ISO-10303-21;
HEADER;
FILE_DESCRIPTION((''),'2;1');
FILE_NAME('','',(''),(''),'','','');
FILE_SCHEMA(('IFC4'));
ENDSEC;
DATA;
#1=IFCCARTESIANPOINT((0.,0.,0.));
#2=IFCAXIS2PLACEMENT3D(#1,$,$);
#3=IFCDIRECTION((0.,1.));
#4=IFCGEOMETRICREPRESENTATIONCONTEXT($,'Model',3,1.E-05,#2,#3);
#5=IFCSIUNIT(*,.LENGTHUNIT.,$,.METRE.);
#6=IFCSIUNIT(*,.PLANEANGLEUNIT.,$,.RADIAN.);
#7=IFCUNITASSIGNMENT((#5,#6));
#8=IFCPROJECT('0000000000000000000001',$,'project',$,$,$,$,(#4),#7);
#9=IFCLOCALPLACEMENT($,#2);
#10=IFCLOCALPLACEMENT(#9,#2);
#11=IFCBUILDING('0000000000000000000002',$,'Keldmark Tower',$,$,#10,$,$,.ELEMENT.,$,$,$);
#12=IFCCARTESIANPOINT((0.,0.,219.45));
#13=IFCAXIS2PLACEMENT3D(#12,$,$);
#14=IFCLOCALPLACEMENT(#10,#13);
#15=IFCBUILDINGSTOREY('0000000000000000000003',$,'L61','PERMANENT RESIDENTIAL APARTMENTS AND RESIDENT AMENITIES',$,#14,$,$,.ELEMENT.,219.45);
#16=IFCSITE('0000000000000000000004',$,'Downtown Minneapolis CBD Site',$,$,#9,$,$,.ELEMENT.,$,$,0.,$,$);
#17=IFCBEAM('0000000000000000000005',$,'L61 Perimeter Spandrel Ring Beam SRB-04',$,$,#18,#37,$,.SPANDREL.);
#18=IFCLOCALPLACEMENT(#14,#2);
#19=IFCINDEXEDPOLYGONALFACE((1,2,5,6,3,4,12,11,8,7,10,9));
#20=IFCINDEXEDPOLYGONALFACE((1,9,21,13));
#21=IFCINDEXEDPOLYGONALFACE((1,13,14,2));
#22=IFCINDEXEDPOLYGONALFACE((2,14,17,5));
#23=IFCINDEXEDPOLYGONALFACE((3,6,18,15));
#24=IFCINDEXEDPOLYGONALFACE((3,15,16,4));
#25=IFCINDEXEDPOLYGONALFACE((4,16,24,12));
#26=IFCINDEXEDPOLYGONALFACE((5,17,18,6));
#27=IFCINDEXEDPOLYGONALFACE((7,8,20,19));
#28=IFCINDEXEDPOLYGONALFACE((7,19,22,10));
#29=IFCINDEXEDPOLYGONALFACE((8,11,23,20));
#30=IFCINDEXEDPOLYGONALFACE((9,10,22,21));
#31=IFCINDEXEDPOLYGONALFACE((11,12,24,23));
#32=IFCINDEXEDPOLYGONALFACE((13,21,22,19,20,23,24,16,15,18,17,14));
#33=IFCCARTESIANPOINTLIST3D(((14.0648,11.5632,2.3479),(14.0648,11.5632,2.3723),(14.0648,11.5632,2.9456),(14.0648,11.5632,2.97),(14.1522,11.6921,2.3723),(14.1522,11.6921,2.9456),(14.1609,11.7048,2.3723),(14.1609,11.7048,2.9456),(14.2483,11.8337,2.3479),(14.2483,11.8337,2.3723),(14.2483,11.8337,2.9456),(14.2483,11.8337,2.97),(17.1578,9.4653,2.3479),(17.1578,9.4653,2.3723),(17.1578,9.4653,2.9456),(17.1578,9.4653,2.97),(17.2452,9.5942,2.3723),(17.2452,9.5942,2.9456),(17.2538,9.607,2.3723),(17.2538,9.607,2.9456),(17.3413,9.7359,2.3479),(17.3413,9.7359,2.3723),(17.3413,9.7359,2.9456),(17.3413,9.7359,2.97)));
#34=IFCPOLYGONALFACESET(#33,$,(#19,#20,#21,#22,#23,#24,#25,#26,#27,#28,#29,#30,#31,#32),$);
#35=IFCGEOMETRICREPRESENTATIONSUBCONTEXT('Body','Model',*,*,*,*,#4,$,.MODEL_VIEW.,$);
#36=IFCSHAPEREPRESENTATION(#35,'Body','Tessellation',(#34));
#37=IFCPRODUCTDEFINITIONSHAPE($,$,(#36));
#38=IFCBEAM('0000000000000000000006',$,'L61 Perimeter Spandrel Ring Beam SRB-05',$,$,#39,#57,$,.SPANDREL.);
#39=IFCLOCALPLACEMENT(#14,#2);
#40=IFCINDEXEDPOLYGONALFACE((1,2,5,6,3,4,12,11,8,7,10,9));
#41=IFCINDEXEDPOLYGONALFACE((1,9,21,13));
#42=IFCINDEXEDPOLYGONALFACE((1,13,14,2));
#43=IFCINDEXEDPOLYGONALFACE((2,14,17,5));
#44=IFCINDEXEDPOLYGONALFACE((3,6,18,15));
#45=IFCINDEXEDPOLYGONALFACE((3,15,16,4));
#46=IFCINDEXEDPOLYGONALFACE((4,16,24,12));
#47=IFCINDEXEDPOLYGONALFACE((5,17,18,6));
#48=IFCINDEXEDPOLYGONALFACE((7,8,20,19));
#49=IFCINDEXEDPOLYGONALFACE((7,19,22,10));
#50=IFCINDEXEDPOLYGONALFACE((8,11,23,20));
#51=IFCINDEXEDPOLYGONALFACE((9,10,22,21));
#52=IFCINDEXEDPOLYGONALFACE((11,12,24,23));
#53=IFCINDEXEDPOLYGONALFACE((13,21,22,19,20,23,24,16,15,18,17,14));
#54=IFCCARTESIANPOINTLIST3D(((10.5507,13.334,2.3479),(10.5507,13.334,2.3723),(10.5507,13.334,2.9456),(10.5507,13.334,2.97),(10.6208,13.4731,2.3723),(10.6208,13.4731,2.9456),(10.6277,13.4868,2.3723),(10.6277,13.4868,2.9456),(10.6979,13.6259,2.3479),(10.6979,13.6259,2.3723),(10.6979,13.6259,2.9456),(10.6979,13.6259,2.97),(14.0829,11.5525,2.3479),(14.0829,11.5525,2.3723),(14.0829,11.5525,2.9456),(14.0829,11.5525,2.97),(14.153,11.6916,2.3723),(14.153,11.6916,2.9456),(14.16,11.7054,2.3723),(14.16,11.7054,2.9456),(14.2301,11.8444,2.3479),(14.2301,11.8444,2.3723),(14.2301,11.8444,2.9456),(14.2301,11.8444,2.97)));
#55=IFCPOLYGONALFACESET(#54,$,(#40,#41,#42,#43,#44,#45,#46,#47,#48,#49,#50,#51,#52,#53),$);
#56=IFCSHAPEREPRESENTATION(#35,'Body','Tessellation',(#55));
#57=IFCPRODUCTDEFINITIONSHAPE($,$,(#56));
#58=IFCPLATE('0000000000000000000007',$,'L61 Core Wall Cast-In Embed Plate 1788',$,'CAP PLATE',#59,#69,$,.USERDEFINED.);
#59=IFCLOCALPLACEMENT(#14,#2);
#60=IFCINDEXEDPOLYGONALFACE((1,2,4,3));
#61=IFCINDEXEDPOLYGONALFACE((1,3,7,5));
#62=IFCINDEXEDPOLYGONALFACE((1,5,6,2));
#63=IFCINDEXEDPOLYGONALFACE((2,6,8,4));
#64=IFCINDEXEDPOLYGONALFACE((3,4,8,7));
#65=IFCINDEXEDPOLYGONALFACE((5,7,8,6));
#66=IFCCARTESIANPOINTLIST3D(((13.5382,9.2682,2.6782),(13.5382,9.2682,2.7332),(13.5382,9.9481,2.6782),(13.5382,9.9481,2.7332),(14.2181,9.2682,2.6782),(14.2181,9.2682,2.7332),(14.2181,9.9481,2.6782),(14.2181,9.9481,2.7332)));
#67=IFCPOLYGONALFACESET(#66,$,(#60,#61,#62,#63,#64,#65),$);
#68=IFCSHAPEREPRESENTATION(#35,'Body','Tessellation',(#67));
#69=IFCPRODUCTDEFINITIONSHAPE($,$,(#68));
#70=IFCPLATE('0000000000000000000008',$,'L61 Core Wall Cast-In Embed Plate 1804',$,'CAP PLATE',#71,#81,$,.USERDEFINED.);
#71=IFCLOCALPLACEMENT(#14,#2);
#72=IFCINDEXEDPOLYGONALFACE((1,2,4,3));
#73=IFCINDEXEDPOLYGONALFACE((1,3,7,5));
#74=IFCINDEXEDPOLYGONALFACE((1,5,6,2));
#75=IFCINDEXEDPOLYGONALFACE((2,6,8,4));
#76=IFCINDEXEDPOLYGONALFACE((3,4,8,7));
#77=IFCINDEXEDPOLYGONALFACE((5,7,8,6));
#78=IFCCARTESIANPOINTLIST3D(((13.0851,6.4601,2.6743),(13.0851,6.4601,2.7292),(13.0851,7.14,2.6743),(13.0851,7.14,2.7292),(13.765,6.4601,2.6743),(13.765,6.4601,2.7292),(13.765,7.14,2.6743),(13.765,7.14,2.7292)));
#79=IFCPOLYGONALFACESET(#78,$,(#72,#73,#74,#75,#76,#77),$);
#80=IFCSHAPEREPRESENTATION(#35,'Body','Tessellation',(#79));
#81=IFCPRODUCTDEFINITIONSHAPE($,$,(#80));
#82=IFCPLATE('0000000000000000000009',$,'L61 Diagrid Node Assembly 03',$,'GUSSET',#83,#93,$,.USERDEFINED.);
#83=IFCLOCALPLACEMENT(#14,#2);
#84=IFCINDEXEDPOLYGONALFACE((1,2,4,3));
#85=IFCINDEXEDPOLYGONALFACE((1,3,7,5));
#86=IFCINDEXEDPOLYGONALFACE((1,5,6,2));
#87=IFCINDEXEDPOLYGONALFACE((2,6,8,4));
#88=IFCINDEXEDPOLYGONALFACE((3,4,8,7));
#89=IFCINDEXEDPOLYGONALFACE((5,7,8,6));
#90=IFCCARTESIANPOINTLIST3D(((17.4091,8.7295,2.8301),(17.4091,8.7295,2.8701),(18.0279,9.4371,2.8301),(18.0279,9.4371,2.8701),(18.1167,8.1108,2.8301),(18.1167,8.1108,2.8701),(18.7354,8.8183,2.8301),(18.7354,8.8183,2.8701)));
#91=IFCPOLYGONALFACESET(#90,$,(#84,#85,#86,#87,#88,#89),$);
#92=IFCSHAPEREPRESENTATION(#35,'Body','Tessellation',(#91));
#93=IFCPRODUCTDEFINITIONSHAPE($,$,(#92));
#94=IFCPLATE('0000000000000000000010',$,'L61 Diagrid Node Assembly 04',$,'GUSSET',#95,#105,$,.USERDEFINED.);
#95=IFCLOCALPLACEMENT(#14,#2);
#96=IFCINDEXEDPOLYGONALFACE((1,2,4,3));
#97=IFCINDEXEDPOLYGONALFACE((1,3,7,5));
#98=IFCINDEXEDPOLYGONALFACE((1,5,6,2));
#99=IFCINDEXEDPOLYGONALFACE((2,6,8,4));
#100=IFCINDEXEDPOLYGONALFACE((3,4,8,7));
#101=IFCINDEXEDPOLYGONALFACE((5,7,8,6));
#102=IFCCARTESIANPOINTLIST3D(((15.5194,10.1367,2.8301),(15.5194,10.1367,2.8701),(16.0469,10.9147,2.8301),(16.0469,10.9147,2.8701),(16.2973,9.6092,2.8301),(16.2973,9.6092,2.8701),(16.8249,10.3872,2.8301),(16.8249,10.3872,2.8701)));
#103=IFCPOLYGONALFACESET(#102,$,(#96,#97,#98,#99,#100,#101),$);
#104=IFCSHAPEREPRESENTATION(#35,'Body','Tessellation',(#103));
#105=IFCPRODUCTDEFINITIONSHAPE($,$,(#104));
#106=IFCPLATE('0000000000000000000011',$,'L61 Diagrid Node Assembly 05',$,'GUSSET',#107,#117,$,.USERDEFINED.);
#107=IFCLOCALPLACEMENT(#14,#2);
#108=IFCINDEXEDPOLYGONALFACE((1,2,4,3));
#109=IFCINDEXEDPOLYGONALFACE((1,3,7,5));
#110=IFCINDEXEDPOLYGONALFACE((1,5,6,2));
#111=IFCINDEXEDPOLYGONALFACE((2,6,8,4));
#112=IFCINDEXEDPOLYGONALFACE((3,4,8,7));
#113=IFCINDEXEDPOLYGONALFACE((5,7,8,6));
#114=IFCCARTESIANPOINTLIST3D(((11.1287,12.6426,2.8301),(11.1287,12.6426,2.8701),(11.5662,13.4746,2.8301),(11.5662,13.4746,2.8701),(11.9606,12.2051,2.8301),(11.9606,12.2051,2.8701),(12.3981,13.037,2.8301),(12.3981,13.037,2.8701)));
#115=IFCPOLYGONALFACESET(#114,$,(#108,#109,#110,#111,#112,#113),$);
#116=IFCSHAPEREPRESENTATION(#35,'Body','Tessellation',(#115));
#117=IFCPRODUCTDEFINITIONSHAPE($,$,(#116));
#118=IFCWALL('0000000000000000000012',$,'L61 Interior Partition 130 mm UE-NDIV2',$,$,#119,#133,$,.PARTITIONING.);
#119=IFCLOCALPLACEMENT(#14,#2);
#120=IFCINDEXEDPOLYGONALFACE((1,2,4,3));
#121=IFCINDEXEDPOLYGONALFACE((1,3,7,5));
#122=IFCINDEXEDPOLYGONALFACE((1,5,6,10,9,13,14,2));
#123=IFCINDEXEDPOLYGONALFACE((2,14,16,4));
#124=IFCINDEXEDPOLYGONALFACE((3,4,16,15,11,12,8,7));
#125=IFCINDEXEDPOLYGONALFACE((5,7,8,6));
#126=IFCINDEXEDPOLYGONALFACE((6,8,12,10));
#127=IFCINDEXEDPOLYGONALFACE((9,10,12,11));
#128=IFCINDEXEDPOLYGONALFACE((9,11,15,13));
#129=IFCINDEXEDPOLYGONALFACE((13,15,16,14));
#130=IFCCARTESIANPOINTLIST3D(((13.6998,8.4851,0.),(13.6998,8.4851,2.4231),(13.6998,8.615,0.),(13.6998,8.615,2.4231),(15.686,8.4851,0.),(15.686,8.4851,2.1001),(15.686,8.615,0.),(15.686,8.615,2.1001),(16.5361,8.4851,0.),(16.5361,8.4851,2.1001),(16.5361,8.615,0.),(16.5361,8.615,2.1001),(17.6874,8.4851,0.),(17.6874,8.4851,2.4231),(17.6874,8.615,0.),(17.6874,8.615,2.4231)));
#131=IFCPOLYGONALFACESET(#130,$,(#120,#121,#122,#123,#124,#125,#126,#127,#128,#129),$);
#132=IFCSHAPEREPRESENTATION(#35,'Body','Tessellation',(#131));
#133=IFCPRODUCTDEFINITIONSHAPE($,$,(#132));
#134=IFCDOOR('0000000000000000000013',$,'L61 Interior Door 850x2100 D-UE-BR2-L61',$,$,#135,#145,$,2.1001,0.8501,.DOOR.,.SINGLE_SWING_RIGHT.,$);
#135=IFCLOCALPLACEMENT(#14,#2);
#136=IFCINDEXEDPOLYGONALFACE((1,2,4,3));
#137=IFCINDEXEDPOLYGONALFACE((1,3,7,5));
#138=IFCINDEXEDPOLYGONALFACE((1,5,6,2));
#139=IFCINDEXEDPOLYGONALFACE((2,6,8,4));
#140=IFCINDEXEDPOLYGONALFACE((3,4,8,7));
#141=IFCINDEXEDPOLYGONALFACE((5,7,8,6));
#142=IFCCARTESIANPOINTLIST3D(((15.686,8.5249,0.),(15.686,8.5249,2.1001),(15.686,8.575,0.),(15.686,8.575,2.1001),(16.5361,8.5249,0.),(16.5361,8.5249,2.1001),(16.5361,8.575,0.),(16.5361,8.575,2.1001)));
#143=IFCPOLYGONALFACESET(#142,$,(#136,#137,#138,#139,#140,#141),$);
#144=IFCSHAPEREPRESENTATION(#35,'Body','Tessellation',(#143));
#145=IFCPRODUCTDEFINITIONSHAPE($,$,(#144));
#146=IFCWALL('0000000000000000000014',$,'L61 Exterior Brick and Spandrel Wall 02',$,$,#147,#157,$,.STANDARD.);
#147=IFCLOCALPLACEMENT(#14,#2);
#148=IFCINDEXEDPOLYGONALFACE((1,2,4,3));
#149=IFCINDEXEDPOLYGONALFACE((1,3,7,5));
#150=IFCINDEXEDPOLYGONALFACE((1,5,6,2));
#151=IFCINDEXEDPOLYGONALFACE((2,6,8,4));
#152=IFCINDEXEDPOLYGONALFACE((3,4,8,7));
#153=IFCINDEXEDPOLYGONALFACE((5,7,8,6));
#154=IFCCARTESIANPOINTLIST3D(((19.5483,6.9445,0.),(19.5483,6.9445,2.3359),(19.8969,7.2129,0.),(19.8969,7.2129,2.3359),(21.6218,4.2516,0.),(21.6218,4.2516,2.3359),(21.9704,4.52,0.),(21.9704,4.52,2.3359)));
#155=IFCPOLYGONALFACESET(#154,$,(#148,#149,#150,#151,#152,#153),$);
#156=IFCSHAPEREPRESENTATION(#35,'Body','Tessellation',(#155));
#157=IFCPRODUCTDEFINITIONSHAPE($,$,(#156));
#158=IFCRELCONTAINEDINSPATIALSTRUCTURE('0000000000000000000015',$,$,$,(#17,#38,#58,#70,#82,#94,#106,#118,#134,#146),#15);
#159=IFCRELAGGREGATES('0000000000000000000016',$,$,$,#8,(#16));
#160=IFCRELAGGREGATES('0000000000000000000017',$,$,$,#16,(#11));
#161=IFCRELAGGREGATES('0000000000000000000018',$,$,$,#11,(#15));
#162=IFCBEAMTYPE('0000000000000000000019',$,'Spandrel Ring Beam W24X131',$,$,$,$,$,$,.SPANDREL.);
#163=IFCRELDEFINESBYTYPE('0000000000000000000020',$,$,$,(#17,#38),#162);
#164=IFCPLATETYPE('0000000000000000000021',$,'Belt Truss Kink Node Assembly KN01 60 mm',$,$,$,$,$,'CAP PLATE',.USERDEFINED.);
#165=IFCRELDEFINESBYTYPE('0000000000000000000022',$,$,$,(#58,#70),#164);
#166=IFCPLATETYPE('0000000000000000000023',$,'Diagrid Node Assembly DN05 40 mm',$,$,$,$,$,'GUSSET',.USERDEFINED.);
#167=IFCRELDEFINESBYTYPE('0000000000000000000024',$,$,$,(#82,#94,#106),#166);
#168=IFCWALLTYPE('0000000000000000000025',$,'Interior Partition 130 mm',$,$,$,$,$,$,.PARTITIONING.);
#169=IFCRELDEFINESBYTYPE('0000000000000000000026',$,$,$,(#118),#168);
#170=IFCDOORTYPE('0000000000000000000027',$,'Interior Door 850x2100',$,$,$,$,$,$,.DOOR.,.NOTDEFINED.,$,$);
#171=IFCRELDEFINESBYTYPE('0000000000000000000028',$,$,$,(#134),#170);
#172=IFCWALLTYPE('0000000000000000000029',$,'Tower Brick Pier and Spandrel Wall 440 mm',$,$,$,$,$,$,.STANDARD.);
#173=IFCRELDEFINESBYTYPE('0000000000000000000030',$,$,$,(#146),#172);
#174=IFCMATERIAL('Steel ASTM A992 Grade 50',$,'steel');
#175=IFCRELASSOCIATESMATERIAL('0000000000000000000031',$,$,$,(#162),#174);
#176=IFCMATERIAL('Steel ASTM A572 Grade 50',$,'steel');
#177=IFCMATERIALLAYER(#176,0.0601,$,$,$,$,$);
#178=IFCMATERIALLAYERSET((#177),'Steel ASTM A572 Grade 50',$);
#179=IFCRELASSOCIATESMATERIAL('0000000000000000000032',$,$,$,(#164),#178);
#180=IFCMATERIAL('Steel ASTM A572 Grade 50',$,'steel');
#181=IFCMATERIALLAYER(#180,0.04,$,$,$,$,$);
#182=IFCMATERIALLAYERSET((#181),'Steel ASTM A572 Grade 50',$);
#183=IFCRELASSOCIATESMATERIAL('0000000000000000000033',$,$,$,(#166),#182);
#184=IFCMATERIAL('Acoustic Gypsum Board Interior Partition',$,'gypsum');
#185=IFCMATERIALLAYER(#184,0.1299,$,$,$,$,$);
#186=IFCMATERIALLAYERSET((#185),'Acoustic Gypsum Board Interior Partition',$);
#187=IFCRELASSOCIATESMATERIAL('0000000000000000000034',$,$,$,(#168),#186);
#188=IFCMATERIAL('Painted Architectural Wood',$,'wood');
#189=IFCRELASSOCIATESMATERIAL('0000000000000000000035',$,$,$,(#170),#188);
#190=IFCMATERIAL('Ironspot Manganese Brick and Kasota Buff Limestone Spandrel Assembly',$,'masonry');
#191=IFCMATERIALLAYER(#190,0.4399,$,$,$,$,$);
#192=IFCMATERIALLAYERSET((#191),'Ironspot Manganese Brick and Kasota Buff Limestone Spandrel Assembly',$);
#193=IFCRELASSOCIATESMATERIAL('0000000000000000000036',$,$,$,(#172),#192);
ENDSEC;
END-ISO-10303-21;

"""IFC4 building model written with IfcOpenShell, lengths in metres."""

from ifc_helpers import new_model, si_unit, direction, frame, frame_2d, origin, origin_2d, place, context, subcontext, project, spatial, rectangle, i_section, extrude, material, layer, layer_set, material_profile, profile_set, type_object, element, fill, save


model = new_model("IFC4")

# Units and contexts
model_context = context("Model", 3, precision=1e-05, world=origin(), true_north=direction((0.0, 1.0)))
body_context = subcontext(model_context, "Body", "Model", "MODEL_VIEW")
ifc_project = project(units=[si_unit("LENGTHUNIT", "METRE"), si_unit("PLANEANGLEUNIT", "RADIAN")], contexts=[model_context])

# Site, building, storey
site_placement = place(None, origin())
site = spatial("IfcSite", under=ifc_project, at=site_placement, Name="Downtown Minneapolis CBD Site", CompositionType="ELEMENT", RefElevation=0.0)
building_placement = place(site_placement, origin())
building = spatial("IfcBuilding", under=site, at=building_placement, Name="Keldmark Tower", CompositionType="ELEMENT")
storey_placement = place(building_placement, frame((0.0, 0.0, 219.45)))
storey = spatial("IfcBuildingStorey", under=building, at=storey_placement, Name="L61", Description="PERMANENT RESIDENTIAL APARTMENTS AND RESIDENT AMENITIES", CompositionType="ELEMENT", Elevation=219.45)

# Beams
ifc_material_1 = material(Name="Steel ASTM A992 Grade 50", Category="steel")
ifc_material_profile_1 = material_profile(ifc_material_1, i_section(OverallWidth=0.3269, OverallDepth=0.6221, WebThickness=0.0154, FlangeThickness=0.0244, at=origin_2d()), Name="W24X131")
ifc_profile_set_1 = profile_set([ifc_material_profile_1], Name="Steel ASTM A992 Grade 50")
beam_type_1 = type_object("IfcBeamType", Name="Spandrel Ring Beam W24X131", PredefinedType="SPANDREL", material=ifc_profile_set_1)
beam_1_placement = place(storey_placement, frame((17.2495, 9.6006, 2.6589), z_axis=(-0.827592, 0.56133, 0.0), x_axis=(-0.56133, -0.827592, 0.0)))
element("IfcBeam", 1, at=beam_1_placement, inside=storey, type_object=beam_type_1, Name="L61 Perimeter Spandrel Ring Beam SRB-04", PredefinedType="SPANDREL", context=body_context, shape_type="SweptSolid", body=[
    extrude(i_section(OverallWidth=0.3269, OverallDepth=0.6221, WebThickness=0.0154, FlangeThickness=0.0244, at=origin_2d()), origin(), (0.0, 0.0, 1.0), 3.7373),
])
beam_2_placement = place(storey_placement, frame((14.1565, 11.6985, 2.6589), z_axis=(-0.892867, 0.450321, 0.0), x_axis=(-0.450321, -0.892867, 0.0)))
element("IfcBeam", 2, at=beam_2_placement, inside=storey, type_object=beam_type_1, Name="L61 Perimeter Spandrel Ring Beam SRB-05", PredefinedType="SPANDREL", context=body_context, shape_type="SweptSolid", body=[
    extrude(i_section(OverallWidth=0.3269, OverallDepth=0.6221, WebThickness=0.0154, FlangeThickness=0.0244, at=origin_2d()), origin(), (0.0, 0.0, 1.0), 3.9561),
])

# Plates
ifc_material_2 = material(Name="Steel ASTM A572 Grade 50", Category="steel")
ifc_layer_1 = layer(ifc_material_2, 0.0601)
ifc_layer_set_1 = layer_set([ifc_layer_1], Name="Steel ASTM A572 Grade 50")
plate_type_1 = type_object("IfcPlateType", Name="Belt Truss Kink Node Assembly KN01 60 mm", ElementType="CAP PLATE", PredefinedType="USERDEFINED", material=ifc_layer_set_1)
for number, where, z_axis, x_axis, name in (
    (3, (13.8782, 9.6082, 2.6782), (0.0, 0.0, 1.0), (1.0, 0.0, 0.0), "L61 Core Wall Cast-In Embed Plate 1788"),
    (4, (13.425, 6.8, 2.6743), (0.0, 0.0, 1.0), (1.0, 0.0, 0.0), "L61 Core Wall Cast-In Embed Plate 1804"),
):
    element("IfcPlate", number, at=place(storey_placement, frame(where, z_axis=z_axis, x_axis=x_axis)), inside=storey, type_object=plate_type_1, Name=name, ObjectType="CAP PLATE", PredefinedType="USERDEFINED", context=body_context, shape_type="SweptSolid", body=[
        extrude(rectangle(XDim=0.6799, YDim=0.6799, at=origin_2d()), origin(), (0.0, 0.0, 1.0), 0.0549),
    ])
ifc_material_3 = material(Name="Steel ASTM A572 Grade 50", Category="steel")
ifc_layer_2 = layer(ifc_material_3, 0.04)
ifc_layer_set_2 = layer_set([ifc_layer_2], Name="Steel ASTM A572 Grade 50")
plate_type_2 = type_object("IfcPlateType", Name="Diagrid Node Assembly DN05 40 mm", ElementType="GUSSET", PredefinedType="USERDEFINED", material=ifc_layer_set_2)
for number, where, z_axis, x_axis, name in (
    (5, (18.0723, 8.7739, 2.8301), (0.0, 0.0, 1.0), (-0.75276, 0.658295, 0.0), "L61 Diagrid Node Assembly 03"),
    (6, (16.1721, 10.262, 2.8301), (0.0, 0.0, 1.0), (-0.827669, 0.561217, 0.0), "L61 Diagrid Node Assembly 04"),
    (7, (11.7634, 12.8398, 2.8301), (0.0, 0.0, 1.0), (-0.885069, 0.46546, 0.0), "L61 Diagrid Node Assembly 05"),
):
    element("IfcPlate", number, at=place(storey_placement, frame(where, z_axis=z_axis, x_axis=x_axis)), inside=storey, type_object=plate_type_2, Name=name, ObjectType="GUSSET", PredefinedType="USERDEFINED", context=body_context, shape_type="SweptSolid", body=[
        extrude(rectangle(XDim=0.9399, YDim=0.9399, at=origin_2d()), origin(), (0.0, 0.0, 1.0), 0.04),
    ])

# Wall, opening, door
ifc_material_4 = material(Name="Acoustic Gypsum Board Interior Partition", Category="gypsum")
ifc_layer_3 = layer(ifc_material_4, 0.1299)
ifc_layer_set_3 = layer_set([ifc_layer_3], Name="Acoustic Gypsum Board Interior Partition")
wall_type_1 = type_object("IfcWallType", Name="Interior Partition 130 mm", PredefinedType="PARTITIONING", material=ifc_layer_set_3)
wall_1_placement = place(storey_placement, frame((13.7, 8.55, 0.0), z_axis=(0.0, 0.0, 1.0), x_axis=(1.0, 0.0, 0.0)))
wall_1 = element("IfcWall", 8, at=wall_1_placement, inside=storey, type_object=wall_type_1, Name="L61 Interior Partition 130 mm UE-NDIV2", PredefinedType="PARTITIONING", context=body_context, shape_type="SweptSolid", body=[
    extrude(rectangle(XDim=3.9875, YDim=0.1299, at=frame_2d((1.9937, 0.0))), origin(), (0.0, 0.0, 1.0), 2.4231),
])
opening_1_placement = place(wall_1_placement, frame((1.9861, 0.0, 0.0)))
opening_1 = element("IfcOpeningElement", 9, at=opening_1_placement, cuts=wall_1, PredefinedType="OPENING", context=body_context, shape_type="SweptSolid", body=[
    extrude(rectangle(XDim=0.8501, YDim=2.1001, at=frame_2d((0.425, 1.05))), frame((0.0, 0.075, 0.0), z_axis=(0.0, -1.0, 0.0), x_axis=(1.0, 0.0, 0.0)), (0.0, 0.0, 1.0), 0.1499),
])
ifc_material_5 = material(Name="Painted Architectural Wood", Category="wood")
door_type = type_object("IfcDoorType", Name="Interior Door 850x2100", OperationType="NOTDEFINED", PredefinedType="DOOR", material=ifc_material_5)
door_placement = place(opening_1_placement, origin())
door = element("IfcDoor", 10, at=door_placement, inside=storey, type_object=door_type, Name="L61 Interior Door 850x2100 D-UE-BR2-L61", OperationType="SINGLE_SWING_RIGHT", OverallHeight=2.1001, OverallWidth=0.8501, PredefinedType="DOOR", context=body_context, shape_type="SweptSolid", body=[
    extrude(rectangle(XDim=0.8501, YDim=2.1001, at=frame_2d((0.425, 1.05))), frame((0.0, 0.0249, 0.0), z_axis=(0.0, -1.0, 0.0), x_axis=(1.0, 0.0, 0.0)), (0.0, 0.0, 1.0), 0.05),
])
fill(opening_1, door)

# Wall
ifc_material_6 = material(Name="Ironspot Manganese Brick and Kasota Buff Limestone Spandrel Assembly", Category="masonry")
ifc_layer_4 = layer(ifc_material_6, 0.4399)
ifc_layer_set_4 = layer_set([ifc_layer_4], Name="Ironspot Manganese Brick and Kasota Buff Limestone Spandrel Assembly")
wall_type_2 = type_object("IfcWallType", Name="Tower Brick Pier and Spandrel Wall 440 mm", PredefinedType="STANDARD", material=ifc_layer_set_4)
wall_2_placement = place(storey_placement, frame((19.7227, 7.0786, 0.0), z_axis=(0.0, 0.0, 1.0), x_axis=(0.610089, -0.792333, 0.0)))
element("IfcWall", 11, at=wall_2_placement, inside=storey, type_object=wall_type_2, Name="L61 Exterior Brick and Spandrel Wall 02", PredefinedType="STANDARD", context=body_context, shape_type="SweptSolid", body=[
    extrude(rectangle(XDim=3.3987, YDim=0.4399, at=frame_2d((1.6992, 0.0))), origin(), (0.0, 0.0, 1.0), 2.3359),
])

save(model, "model.ifc")
